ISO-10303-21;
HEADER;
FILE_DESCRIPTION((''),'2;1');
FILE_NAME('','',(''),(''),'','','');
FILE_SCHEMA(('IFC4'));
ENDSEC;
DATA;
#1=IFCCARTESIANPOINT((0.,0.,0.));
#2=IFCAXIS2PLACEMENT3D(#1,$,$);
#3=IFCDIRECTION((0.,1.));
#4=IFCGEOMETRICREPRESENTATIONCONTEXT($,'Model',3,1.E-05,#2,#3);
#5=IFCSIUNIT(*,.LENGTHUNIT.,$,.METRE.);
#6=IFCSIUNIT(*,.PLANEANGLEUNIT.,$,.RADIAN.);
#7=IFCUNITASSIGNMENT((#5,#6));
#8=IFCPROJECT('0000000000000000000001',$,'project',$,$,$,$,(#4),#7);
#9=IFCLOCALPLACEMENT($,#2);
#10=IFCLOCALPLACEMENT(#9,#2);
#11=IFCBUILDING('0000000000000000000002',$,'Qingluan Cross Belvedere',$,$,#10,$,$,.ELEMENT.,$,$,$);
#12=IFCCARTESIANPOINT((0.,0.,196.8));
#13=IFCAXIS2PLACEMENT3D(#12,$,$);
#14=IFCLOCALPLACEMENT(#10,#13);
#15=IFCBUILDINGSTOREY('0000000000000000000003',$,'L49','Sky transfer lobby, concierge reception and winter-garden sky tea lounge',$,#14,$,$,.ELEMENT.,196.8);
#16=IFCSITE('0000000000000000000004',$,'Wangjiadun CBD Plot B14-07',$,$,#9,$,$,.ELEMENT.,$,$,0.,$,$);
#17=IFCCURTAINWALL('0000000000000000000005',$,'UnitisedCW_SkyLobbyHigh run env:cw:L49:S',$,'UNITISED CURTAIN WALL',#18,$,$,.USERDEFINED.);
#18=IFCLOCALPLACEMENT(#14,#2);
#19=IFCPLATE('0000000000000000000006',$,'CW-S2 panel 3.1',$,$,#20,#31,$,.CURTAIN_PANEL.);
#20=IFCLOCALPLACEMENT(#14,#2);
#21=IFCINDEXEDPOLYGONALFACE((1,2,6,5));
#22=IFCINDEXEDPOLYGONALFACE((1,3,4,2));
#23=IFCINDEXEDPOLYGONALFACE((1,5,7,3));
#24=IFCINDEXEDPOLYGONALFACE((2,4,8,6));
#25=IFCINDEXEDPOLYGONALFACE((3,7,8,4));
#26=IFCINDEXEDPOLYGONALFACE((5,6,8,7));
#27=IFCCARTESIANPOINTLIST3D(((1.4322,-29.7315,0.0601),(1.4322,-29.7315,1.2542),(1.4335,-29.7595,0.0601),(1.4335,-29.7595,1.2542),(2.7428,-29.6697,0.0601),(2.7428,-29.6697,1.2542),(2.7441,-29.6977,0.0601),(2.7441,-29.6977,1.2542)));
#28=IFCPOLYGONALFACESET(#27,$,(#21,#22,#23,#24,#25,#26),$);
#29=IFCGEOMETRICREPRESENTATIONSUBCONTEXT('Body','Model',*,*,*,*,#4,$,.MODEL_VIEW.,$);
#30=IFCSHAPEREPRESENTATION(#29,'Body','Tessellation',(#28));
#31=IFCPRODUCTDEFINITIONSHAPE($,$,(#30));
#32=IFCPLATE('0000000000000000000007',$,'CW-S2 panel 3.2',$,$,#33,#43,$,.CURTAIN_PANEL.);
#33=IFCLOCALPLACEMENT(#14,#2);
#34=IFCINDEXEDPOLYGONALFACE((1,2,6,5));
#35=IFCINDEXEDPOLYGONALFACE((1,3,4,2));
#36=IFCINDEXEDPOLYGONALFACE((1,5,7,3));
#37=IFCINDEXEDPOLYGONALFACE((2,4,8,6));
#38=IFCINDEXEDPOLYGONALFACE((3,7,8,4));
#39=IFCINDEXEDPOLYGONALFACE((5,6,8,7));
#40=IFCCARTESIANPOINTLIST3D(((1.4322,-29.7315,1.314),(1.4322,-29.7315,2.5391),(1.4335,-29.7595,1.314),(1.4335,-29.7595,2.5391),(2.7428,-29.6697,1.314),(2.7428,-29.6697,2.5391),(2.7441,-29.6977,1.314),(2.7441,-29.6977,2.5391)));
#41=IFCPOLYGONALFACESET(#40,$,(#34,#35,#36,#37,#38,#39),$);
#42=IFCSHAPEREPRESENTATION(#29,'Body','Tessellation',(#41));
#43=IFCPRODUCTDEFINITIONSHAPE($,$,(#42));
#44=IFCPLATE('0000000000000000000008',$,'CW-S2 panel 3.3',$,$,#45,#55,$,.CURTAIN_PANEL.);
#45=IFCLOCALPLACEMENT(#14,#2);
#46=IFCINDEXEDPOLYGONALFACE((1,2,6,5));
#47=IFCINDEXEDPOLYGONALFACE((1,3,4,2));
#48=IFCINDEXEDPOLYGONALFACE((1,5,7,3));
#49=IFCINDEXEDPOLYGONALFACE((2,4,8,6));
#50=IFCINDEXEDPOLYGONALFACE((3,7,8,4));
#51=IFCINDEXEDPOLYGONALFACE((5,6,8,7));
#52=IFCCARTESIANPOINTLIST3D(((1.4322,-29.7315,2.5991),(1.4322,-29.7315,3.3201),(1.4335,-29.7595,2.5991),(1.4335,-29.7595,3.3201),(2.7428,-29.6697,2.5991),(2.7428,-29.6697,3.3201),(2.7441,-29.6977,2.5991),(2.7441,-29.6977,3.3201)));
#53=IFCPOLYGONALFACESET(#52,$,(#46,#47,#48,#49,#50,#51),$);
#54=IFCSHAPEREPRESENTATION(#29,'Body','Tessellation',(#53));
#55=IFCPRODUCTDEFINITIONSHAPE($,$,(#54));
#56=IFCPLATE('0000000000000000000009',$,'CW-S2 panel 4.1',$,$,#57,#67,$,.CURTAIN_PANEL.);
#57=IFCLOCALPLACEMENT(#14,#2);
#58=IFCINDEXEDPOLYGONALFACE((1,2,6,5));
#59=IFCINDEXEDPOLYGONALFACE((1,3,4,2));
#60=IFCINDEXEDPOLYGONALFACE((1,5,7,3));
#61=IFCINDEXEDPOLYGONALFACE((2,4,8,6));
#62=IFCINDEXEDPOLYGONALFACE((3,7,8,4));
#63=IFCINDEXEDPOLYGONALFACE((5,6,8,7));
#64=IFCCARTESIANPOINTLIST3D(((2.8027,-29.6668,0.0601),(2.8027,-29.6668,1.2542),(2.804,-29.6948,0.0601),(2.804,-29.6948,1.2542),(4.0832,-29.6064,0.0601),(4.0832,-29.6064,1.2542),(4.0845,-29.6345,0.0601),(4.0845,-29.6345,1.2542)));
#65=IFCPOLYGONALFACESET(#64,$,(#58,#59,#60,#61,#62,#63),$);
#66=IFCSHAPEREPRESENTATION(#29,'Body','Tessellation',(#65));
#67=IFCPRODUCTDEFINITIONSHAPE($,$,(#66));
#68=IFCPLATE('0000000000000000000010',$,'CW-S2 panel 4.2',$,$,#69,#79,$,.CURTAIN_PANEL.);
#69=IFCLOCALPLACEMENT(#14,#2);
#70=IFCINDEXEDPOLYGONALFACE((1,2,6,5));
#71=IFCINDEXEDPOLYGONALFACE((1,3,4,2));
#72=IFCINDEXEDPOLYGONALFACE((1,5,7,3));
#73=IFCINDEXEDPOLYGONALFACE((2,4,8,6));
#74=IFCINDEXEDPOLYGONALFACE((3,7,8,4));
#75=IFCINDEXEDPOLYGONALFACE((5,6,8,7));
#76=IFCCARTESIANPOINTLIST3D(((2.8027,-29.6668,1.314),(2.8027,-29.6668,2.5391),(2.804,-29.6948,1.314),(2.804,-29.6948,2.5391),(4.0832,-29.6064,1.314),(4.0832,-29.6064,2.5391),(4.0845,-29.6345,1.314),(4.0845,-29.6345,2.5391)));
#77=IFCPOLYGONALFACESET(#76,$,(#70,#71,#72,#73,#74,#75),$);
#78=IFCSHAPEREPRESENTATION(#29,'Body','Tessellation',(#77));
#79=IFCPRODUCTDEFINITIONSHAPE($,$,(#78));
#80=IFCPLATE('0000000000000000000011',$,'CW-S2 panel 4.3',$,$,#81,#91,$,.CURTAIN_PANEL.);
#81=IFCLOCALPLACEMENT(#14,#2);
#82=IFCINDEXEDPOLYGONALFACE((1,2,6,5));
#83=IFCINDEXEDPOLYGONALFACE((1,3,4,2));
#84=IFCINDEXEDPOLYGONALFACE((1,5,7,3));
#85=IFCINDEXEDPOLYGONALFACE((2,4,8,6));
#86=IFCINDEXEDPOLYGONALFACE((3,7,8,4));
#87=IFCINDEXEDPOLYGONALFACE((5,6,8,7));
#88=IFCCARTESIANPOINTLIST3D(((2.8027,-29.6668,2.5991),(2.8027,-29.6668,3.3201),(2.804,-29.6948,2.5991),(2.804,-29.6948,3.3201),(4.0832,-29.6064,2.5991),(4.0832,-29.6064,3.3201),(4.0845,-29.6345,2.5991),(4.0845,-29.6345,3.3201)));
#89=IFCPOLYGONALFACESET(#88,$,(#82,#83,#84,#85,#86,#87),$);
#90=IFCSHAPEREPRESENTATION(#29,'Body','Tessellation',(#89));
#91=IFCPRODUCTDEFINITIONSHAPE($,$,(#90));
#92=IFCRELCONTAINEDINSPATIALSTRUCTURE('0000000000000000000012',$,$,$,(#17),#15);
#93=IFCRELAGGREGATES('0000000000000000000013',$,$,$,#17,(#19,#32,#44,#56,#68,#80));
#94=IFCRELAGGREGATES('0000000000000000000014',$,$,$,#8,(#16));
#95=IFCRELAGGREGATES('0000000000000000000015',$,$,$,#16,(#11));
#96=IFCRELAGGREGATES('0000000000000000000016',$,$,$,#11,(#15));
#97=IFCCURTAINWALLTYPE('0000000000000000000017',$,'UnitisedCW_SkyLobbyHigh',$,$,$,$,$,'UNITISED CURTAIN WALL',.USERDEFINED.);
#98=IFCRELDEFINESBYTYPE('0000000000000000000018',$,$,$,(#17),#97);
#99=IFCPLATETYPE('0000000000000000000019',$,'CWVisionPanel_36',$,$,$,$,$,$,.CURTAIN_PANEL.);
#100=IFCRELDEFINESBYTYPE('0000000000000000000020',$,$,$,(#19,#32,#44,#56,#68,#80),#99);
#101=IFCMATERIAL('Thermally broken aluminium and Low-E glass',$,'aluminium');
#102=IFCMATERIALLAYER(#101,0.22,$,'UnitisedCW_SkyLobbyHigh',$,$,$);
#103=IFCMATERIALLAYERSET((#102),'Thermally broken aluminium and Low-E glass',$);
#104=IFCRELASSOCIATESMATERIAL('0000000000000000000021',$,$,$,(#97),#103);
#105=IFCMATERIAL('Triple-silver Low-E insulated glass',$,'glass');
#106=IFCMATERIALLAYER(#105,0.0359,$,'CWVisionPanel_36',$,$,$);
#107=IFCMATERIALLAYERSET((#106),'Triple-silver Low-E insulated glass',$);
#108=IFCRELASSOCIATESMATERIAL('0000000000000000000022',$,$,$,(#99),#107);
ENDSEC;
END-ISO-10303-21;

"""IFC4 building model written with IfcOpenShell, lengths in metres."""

from ifc_helpers import new_model, si_unit, direction, frame, origin, origin_2d, place, context, subcontext, project, spatial, rectangle, extrude, material, layer, layer_set, type_object, element, aggregate, save


model = new_model("IFC4")

# Units and contexts
model_context = context("Model", 3, precision=1e-05, world=origin(), true_north=direction((0.0, 1.0)))
body_context = subcontext(model_context, "Body", "Model", "MODEL_VIEW")
ifc_project = project(units=[si_unit("LENGTHUNIT", "METRE"), si_unit("PLANEANGLEUNIT", "RADIAN")], contexts=[model_context])

# Site, building, storey
site_placement = place(None, origin())
site = spatial("IfcSite", under=ifc_project, at=site_placement, Name="Wangjiadun CBD Plot B14-07", CompositionType="ELEMENT", RefElevation=0.0)
building_placement = place(site_placement, origin())
building = spatial("IfcBuilding", under=site, at=building_placement, Name="Qingluan Cross Belvedere", CompositionType="ELEMENT")
storey_placement = place(building_placement, frame((0.0, 0.0, 196.8)))
storey = spatial("IfcBuildingStorey", under=building, at=storey_placement, Name="L49", Description="Sky transfer lobby, concierge reception and winter-garden sky tea lounge", CompositionType="ELEMENT", Elevation=196.8)

# Curtain wall, plates
ifc_material_1 = material(Name="Thermally broken aluminium and Low-E glass", Category="aluminium")
ifc_layer_1 = layer(ifc_material_1, 0.22, Name="UnitisedCW_SkyLobbyHigh")
ifc_layer_set_1 = layer_set([ifc_layer_1], Name="Thermally broken aluminium and Low-E glass")
curtain_wall_type = type_object("IfcCurtainWallType", Name="UnitisedCW_SkyLobbyHigh", ElementType="UNITISED CURTAIN WALL", PredefinedType="USERDEFINED", material=ifc_layer_set_1)
curtain_wall_placement = place(storey_placement, origin())
curtain_wall = element("IfcCurtainWall", 1, at=curtain_wall_placement, inside=storey, type_object=curtain_wall_type, Name="UnitisedCW_SkyLobbyHigh run env:cw:L49:S", ObjectType="UNITISED CURTAIN WALL", PredefinedType="USERDEFINED")
ifc_material_2 = material(Name="Triple-silver Low-E insulated glass", Category="glass")
ifc_layer_2 = layer(ifc_material_2, 0.0359, Name="CWVisionPanel_36")
ifc_layer_set_2 = layer_set([ifc_layer_2], Name="Triple-silver Low-E insulated glass")
plate_type = type_object("IfcPlateType", Name="CWVisionPanel_36", PredefinedType="CURTAIN_PANEL", material=ifc_layer_set_2)
plate_1_placement = place(storey_placement, frame((2.0881, -29.7146, 0.0601), z_axis=(0.0, 0.0, 1.0), x_axis=(0.99889, 0.047102, 0.0)))
plate_1 = element("IfcPlate", 2, at=plate_1_placement, type_object=plate_type, Name="CW-S2 panel 3.1", PredefinedType="CURTAIN_PANEL", context=body_context, shape_type="SweptSolid", body=[
    extrude(rectangle(XDim=1.312, YDim=0.0281, at=origin_2d()), origin(), (0.0, 0.0, 1.0), 1.1941),
])
plate_2_placement = place(storey_placement, frame((2.0881, -29.7146, 1.314), z_axis=(0.0, 0.0, 1.0), x_axis=(0.99889, 0.047102, 0.0)))
plate_2 = element("IfcPlate", 3, at=plate_2_placement, type_object=plate_type, Name="CW-S2 panel 3.2", PredefinedType="CURTAIN_PANEL", context=body_context, shape_type="SweptSolid", body=[
    extrude(rectangle(XDim=1.312, YDim=0.0281, at=origin_2d()), origin(), (0.0, 0.0, 1.0), 1.2251),
])
plate_3_placement = place(storey_placement, frame((2.0881, -29.7146, 2.5991), z_axis=(0.0, 0.0, 1.0), x_axis=(0.99889, 0.047102, 0.0)))
plate_3 = element("IfcPlate", 4, at=plate_3_placement, type_object=plate_type, Name="CW-S2 panel 3.3", PredefinedType="CURTAIN_PANEL", context=body_context, shape_type="SweptSolid", body=[
    extrude(rectangle(XDim=1.312, YDim=0.0281, at=origin_2d()), origin(), (0.0, 0.0, 1.0), 0.7209),
])
plate_4_placement = place(storey_placement, frame((3.4436, -29.6506, 0.0601), z_axis=(0.0, 0.0, 1.0), x_axis=(0.99889, 0.047102, 0.0)))
plate_4 = element("IfcPlate", 5, at=plate_4_placement, type_object=plate_type, Name="CW-S2 panel 4.1", PredefinedType="CURTAIN_PANEL", context=body_context, shape_type="SweptSolid", body=[
    extrude(rectangle(XDim=1.282, YDim=0.0281, at=origin_2d()), origin(), (0.0, 0.0, 1.0), 1.1941),
])
plate_5_placement = place(storey_placement, frame((3.4436, -29.6506, 1.314), z_axis=(0.0, 0.0, 1.0), x_axis=(0.99889, 0.047102, 0.0)))
plate_5 = element("IfcPlate", 6, at=plate_5_placement, type_object=plate_type, Name="CW-S2 panel 4.2", PredefinedType="CURTAIN_PANEL", context=body_context, shape_type="SweptSolid", body=[
    extrude(rectangle(XDim=1.282, YDim=0.0281, at=origin_2d()), origin(), (0.0, 0.0, 1.0), 1.2251),
])
plate_6_placement = place(storey_placement, frame((3.4436, -29.6506, 2.5991), z_axis=(0.0, 0.0, 1.0), x_axis=(0.99889, 0.047102, 0.0)))
plate_6 = element("IfcPlate", 7, at=plate_6_placement, type_object=plate_type, Name="CW-S2 panel 4.3", PredefinedType="CURTAIN_PANEL", context=body_context, shape_type="SweptSolid", body=[
    extrude(rectangle(XDim=1.282, YDim=0.0281, at=origin_2d()), origin(), (0.0, 0.0, 1.0), 0.7209),
])
aggregate(curtain_wall, [plate_1, plate_2, plate_3, plate_4, plate_5, plate_6])

save(model, "model.ifc")
